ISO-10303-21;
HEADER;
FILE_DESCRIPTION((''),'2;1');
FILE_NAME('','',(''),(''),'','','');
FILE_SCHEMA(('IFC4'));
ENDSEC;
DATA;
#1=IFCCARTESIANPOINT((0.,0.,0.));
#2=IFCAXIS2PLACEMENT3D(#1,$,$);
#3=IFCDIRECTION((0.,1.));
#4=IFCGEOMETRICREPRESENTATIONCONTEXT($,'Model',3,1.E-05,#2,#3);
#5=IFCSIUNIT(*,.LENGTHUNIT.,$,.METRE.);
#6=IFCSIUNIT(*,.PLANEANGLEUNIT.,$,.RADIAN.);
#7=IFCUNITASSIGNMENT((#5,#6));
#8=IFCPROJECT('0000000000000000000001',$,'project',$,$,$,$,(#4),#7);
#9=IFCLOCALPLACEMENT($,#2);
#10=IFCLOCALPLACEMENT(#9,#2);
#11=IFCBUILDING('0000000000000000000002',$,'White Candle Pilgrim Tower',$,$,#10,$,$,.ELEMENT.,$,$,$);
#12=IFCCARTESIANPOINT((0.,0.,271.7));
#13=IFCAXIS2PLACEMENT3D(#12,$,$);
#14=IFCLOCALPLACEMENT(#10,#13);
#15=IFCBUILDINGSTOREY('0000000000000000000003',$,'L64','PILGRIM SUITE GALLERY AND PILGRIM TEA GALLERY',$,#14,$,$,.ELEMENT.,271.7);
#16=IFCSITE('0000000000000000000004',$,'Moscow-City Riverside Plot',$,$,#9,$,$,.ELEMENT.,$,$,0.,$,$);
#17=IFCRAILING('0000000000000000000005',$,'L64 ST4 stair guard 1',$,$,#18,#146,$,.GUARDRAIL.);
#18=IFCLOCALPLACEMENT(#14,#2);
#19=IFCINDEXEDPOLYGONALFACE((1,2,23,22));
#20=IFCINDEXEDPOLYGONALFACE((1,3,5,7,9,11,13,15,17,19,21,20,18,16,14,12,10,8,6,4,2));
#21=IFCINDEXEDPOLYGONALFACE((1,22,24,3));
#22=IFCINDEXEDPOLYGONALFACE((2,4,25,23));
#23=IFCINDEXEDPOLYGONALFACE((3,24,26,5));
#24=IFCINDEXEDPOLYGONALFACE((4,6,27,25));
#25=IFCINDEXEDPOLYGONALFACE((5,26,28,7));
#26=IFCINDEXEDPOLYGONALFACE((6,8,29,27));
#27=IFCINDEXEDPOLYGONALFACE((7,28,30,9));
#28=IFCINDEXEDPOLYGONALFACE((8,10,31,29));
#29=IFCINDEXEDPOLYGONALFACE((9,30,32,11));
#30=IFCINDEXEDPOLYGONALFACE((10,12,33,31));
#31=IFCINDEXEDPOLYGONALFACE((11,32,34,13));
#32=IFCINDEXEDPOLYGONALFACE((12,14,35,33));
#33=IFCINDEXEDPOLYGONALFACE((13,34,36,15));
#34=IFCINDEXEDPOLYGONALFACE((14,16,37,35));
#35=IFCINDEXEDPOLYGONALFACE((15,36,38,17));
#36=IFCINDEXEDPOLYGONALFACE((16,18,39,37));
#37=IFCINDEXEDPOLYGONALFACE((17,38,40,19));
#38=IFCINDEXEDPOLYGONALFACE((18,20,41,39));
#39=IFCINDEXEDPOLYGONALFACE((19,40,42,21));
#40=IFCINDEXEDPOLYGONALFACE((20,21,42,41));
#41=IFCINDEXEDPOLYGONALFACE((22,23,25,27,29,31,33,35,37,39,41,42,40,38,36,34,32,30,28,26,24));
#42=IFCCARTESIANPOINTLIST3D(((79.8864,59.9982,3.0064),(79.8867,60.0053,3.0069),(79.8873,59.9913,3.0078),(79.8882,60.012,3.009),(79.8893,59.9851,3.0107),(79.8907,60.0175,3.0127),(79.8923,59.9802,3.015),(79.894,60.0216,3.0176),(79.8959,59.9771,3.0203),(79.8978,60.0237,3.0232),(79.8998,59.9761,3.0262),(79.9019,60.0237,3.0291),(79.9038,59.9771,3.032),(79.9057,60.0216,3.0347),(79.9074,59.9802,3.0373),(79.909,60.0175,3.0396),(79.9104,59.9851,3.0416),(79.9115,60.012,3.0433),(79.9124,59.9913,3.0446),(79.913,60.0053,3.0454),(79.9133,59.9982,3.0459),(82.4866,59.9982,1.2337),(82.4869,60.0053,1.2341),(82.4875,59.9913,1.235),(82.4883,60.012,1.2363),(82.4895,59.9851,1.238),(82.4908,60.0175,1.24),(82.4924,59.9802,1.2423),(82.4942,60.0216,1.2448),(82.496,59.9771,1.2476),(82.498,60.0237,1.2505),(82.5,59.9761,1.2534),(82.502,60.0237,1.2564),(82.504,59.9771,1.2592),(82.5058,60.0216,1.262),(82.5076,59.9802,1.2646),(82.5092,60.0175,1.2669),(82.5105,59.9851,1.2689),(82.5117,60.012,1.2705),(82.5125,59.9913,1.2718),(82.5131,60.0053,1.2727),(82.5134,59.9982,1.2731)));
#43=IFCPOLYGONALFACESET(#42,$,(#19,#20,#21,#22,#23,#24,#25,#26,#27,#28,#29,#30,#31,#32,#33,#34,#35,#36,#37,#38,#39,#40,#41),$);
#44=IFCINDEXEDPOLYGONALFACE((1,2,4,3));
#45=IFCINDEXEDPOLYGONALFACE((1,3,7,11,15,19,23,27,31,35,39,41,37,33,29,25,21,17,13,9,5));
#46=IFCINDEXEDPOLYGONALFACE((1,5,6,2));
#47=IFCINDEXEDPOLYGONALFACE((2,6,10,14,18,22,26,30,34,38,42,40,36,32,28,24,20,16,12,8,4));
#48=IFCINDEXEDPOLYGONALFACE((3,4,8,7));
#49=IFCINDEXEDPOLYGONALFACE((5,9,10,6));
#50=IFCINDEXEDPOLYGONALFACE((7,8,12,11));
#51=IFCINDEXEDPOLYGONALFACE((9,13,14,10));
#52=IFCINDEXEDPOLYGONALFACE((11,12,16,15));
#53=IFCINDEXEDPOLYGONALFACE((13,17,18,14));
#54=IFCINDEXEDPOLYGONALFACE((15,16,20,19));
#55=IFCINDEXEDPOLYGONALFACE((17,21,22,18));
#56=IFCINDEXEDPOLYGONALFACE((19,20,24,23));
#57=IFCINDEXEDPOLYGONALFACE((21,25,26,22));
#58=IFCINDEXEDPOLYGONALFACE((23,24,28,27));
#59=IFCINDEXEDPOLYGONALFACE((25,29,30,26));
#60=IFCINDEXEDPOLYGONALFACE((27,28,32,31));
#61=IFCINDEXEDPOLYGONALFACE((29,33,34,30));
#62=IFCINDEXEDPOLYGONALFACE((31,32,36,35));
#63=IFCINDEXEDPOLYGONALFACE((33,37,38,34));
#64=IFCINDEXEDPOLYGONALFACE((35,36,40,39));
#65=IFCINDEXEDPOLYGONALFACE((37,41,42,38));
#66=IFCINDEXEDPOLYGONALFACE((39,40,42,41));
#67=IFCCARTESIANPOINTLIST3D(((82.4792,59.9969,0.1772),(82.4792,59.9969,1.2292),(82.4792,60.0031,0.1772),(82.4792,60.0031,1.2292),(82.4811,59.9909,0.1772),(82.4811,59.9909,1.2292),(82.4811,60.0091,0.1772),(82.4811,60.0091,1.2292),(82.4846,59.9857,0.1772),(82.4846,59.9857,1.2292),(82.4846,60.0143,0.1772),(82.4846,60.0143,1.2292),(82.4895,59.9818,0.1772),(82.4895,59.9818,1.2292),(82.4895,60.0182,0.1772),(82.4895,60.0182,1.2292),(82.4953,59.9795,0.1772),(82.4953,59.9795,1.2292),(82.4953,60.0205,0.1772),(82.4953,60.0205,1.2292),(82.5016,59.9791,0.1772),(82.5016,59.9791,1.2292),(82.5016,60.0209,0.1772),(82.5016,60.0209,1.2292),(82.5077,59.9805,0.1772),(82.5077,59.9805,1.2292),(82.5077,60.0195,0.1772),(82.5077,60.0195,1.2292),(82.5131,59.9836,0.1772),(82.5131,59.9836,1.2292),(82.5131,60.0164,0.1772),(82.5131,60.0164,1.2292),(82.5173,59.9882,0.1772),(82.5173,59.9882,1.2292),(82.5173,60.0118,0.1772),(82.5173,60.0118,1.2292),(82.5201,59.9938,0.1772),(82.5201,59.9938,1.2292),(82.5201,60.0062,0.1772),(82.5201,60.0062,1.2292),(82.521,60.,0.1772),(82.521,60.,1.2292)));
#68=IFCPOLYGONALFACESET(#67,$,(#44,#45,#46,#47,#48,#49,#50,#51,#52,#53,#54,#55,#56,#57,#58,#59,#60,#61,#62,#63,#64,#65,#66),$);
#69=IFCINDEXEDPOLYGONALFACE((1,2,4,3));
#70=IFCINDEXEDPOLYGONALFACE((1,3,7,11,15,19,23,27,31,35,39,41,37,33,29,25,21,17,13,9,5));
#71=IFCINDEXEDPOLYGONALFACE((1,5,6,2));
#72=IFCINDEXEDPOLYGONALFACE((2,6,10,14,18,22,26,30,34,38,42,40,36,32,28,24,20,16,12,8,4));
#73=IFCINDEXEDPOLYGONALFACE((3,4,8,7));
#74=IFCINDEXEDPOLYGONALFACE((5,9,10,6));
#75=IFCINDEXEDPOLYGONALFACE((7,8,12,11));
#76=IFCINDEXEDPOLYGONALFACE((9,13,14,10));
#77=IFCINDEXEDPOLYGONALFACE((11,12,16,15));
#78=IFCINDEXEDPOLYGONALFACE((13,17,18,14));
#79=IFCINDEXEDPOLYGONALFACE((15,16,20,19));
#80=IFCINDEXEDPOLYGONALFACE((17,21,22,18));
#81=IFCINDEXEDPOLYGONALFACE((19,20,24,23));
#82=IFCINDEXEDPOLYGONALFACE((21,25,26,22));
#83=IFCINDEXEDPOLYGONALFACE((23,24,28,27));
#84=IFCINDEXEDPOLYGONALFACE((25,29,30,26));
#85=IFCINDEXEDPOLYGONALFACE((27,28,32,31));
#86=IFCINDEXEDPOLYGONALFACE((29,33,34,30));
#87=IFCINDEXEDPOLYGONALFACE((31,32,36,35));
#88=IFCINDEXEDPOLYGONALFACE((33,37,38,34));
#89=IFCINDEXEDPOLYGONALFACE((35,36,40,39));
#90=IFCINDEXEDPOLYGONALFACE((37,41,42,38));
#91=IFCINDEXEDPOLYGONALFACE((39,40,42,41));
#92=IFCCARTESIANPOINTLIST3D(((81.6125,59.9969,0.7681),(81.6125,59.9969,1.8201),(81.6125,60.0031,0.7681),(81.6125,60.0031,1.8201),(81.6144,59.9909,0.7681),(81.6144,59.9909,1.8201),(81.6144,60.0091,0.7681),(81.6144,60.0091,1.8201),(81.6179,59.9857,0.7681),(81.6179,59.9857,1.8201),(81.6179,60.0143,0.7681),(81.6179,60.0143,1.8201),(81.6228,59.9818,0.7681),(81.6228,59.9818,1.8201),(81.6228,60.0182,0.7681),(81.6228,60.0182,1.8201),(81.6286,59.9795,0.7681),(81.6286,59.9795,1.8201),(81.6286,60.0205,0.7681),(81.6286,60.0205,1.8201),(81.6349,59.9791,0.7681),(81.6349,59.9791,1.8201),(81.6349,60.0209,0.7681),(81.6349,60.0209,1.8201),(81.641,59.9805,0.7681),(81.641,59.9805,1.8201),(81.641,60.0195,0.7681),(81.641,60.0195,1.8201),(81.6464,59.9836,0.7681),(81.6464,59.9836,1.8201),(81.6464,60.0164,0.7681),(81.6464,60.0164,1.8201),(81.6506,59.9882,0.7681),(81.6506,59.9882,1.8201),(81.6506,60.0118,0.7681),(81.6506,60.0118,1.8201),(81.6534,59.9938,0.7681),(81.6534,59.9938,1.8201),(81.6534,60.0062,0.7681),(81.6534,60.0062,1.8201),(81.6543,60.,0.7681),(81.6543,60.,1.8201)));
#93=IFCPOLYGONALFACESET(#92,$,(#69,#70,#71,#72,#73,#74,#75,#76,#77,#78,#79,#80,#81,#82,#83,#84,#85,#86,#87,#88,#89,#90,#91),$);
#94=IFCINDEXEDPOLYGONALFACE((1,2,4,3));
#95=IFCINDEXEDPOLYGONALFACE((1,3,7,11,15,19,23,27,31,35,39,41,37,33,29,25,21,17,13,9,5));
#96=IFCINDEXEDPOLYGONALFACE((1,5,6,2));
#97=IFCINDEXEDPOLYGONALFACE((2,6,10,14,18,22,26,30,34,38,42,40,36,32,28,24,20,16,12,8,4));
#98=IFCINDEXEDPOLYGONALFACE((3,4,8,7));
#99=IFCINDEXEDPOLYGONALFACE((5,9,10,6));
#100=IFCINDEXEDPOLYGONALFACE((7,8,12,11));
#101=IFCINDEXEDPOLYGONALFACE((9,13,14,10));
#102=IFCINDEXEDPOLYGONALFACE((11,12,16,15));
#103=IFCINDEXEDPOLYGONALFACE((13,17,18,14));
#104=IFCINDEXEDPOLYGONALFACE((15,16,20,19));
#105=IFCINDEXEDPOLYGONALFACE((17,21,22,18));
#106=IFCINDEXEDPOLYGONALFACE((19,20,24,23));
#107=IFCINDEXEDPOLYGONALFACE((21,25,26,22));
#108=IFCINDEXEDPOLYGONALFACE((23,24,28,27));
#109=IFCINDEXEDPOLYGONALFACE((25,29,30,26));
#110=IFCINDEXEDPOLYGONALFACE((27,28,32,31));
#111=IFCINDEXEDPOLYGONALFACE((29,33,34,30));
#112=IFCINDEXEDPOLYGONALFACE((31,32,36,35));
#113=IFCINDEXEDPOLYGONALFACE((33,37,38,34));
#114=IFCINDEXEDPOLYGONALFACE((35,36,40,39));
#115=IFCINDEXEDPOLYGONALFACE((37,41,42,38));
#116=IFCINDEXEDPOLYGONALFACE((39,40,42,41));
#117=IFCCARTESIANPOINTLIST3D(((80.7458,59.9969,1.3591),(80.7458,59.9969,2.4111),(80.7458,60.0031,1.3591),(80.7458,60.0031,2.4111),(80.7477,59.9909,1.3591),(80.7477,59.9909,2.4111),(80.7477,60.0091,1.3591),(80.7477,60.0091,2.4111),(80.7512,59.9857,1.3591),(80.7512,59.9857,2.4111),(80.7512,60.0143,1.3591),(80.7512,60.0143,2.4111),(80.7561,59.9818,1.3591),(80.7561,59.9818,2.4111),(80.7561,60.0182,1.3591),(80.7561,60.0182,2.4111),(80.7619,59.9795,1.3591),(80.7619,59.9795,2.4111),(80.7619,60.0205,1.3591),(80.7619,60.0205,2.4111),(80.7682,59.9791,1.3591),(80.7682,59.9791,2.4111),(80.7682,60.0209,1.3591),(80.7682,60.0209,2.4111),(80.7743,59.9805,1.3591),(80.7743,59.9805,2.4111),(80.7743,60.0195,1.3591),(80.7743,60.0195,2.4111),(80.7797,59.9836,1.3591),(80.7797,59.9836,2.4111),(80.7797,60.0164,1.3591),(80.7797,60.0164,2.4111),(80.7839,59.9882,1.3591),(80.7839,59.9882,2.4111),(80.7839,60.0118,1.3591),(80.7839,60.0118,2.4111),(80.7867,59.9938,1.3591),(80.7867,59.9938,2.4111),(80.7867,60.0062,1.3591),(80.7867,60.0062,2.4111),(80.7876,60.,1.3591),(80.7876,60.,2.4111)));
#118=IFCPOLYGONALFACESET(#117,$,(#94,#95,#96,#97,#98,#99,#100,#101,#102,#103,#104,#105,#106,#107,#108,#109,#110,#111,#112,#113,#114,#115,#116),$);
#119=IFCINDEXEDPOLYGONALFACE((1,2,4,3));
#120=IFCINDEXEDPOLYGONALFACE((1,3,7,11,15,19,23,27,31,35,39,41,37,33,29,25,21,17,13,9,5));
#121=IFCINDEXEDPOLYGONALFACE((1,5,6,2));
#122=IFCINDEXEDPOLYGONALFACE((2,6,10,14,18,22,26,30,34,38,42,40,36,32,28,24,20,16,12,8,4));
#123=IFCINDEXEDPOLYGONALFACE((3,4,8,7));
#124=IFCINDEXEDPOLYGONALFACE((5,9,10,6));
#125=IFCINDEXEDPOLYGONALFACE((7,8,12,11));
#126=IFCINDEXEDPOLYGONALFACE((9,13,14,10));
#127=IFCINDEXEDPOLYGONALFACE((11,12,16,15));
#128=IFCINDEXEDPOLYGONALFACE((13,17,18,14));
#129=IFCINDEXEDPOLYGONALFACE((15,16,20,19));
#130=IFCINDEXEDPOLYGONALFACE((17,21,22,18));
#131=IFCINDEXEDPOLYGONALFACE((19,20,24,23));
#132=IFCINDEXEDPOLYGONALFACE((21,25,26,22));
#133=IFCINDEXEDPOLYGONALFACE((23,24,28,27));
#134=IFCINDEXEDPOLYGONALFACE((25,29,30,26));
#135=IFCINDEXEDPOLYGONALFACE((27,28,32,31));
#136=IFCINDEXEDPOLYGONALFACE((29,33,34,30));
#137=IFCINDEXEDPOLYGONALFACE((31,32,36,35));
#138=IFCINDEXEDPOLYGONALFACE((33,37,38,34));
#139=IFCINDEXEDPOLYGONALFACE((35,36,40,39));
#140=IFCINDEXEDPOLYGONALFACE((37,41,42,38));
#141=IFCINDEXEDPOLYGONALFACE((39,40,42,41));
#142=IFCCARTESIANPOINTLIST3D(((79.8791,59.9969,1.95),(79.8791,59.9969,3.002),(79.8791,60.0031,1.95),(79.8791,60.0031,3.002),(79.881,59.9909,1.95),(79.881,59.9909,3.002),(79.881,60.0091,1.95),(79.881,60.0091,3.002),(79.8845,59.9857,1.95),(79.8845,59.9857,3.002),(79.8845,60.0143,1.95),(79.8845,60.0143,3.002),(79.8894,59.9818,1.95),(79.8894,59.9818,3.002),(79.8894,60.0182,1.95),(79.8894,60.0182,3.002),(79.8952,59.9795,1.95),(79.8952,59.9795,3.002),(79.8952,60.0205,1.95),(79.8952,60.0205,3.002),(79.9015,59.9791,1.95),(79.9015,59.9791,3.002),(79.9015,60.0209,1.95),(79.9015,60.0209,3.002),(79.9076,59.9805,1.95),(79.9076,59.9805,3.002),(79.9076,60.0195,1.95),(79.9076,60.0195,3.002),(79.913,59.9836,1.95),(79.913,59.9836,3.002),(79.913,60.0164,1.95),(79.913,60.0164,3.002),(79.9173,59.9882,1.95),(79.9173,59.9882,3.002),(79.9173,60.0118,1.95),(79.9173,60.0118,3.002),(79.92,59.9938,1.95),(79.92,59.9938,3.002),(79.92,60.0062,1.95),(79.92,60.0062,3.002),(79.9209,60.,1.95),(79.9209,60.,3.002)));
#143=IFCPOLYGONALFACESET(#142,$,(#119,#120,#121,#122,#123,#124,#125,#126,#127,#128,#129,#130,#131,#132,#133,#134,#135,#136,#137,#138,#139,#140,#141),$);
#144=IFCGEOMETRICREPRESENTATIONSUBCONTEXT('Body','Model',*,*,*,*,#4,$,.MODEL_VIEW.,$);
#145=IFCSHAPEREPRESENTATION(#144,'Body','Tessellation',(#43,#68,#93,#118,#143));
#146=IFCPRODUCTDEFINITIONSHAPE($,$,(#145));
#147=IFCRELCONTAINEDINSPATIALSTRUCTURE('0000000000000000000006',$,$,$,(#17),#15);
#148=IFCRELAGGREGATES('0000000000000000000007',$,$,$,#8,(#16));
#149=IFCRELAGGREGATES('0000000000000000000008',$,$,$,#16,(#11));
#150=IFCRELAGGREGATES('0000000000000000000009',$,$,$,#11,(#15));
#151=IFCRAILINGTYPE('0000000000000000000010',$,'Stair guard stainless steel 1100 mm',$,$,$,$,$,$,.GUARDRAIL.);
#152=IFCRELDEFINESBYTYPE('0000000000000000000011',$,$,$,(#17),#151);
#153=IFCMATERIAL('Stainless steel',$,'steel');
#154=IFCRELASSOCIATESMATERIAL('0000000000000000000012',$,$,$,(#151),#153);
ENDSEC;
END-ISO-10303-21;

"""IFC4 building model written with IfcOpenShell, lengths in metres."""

from ifc_helpers import new_model, si_unit, direction, frame, origin, origin_2d, place, context, subcontext, project, spatial, circle, extrude, material, type_object, element, save


model = new_model("IFC4")

# Units and contexts
model_context = context("Model", 3, precision=1e-05, world=origin(), true_north=direction((0.0, 1.0)))
body_context = subcontext(model_context, "Body", "Model", "MODEL_VIEW")
ifc_project = project(units=[si_unit("LENGTHUNIT", "METRE"), si_unit("PLANEANGLEUNIT", "RADIAN")], contexts=[model_context])

# Site, building, storey
site_placement = place(None, origin())
site = spatial("IfcSite", under=ifc_project, at=site_placement, Name="Moscow-City Riverside Plot", CompositionType="ELEMENT", RefElevation=0.0)
building_placement = place(site_placement, origin())
building = spatial("IfcBuilding", under=site, at=building_placement, Name="White Candle Pilgrim Tower", CompositionType="ELEMENT")
storey_placement = place(building_placement, frame((0.0, 0.0, 271.7)))
storey = spatial("IfcBuildingStorey", under=building, at=storey_placement, Name="L64", Description="PILGRIM SUITE GALLERY AND PILGRIM TEA GALLERY", CompositionType="ELEMENT", Elevation=271.7)

# Railing
ifc_material_1 = material(Name="Stainless steel", Category="steel")
railing_type = type_object("IfcRailingType", Name="Stair guard stainless steel 1100 mm", PredefinedType="GUARDRAIL", material=ifc_material_1)
railing_1_placement = place(storey_placement, frame((82.5, 60.0, 0.1772)))
element("IfcRailing", 1, at=railing_1_placement, inside=storey, type_object=railing_type, Name="L64 ST4 stair guard 1", PredefinedType="GUARDRAIL", context=body_context, shape_type="SweptSolid", body=[
    extrude(circle(Radius=0.0239, at=origin_2d()), frame((0.0, 0.0, 1.0762), z_axis=(-0.82624, 0.0, 0.563318), x_axis=(0.0, -1.0, 0.0)), (0.0, 0.0, 1.0), 3.147),
    extrude(circle(Radius=0.021, at=origin_2d()), origin(), (0.0, 0.0, 1.0), 1.052),
    extrude(circle(Radius=0.021, at=origin_2d()), frame((-0.8667, 0.0, 0.5908)), (0.0, 0.0, 1.0), 1.052),
    extrude(circle(Radius=0.021, at=origin_2d()), frame((-1.7334, 0.0, 1.1819)), (0.0, 0.0, 1.0), 1.052),
    extrude(circle(Radius=0.021, at=origin_2d()), frame((-2.6001, 0.0, 1.7727)), (0.0, 0.0, 1.0), 1.052),
])

save(model, "model.ifc")
